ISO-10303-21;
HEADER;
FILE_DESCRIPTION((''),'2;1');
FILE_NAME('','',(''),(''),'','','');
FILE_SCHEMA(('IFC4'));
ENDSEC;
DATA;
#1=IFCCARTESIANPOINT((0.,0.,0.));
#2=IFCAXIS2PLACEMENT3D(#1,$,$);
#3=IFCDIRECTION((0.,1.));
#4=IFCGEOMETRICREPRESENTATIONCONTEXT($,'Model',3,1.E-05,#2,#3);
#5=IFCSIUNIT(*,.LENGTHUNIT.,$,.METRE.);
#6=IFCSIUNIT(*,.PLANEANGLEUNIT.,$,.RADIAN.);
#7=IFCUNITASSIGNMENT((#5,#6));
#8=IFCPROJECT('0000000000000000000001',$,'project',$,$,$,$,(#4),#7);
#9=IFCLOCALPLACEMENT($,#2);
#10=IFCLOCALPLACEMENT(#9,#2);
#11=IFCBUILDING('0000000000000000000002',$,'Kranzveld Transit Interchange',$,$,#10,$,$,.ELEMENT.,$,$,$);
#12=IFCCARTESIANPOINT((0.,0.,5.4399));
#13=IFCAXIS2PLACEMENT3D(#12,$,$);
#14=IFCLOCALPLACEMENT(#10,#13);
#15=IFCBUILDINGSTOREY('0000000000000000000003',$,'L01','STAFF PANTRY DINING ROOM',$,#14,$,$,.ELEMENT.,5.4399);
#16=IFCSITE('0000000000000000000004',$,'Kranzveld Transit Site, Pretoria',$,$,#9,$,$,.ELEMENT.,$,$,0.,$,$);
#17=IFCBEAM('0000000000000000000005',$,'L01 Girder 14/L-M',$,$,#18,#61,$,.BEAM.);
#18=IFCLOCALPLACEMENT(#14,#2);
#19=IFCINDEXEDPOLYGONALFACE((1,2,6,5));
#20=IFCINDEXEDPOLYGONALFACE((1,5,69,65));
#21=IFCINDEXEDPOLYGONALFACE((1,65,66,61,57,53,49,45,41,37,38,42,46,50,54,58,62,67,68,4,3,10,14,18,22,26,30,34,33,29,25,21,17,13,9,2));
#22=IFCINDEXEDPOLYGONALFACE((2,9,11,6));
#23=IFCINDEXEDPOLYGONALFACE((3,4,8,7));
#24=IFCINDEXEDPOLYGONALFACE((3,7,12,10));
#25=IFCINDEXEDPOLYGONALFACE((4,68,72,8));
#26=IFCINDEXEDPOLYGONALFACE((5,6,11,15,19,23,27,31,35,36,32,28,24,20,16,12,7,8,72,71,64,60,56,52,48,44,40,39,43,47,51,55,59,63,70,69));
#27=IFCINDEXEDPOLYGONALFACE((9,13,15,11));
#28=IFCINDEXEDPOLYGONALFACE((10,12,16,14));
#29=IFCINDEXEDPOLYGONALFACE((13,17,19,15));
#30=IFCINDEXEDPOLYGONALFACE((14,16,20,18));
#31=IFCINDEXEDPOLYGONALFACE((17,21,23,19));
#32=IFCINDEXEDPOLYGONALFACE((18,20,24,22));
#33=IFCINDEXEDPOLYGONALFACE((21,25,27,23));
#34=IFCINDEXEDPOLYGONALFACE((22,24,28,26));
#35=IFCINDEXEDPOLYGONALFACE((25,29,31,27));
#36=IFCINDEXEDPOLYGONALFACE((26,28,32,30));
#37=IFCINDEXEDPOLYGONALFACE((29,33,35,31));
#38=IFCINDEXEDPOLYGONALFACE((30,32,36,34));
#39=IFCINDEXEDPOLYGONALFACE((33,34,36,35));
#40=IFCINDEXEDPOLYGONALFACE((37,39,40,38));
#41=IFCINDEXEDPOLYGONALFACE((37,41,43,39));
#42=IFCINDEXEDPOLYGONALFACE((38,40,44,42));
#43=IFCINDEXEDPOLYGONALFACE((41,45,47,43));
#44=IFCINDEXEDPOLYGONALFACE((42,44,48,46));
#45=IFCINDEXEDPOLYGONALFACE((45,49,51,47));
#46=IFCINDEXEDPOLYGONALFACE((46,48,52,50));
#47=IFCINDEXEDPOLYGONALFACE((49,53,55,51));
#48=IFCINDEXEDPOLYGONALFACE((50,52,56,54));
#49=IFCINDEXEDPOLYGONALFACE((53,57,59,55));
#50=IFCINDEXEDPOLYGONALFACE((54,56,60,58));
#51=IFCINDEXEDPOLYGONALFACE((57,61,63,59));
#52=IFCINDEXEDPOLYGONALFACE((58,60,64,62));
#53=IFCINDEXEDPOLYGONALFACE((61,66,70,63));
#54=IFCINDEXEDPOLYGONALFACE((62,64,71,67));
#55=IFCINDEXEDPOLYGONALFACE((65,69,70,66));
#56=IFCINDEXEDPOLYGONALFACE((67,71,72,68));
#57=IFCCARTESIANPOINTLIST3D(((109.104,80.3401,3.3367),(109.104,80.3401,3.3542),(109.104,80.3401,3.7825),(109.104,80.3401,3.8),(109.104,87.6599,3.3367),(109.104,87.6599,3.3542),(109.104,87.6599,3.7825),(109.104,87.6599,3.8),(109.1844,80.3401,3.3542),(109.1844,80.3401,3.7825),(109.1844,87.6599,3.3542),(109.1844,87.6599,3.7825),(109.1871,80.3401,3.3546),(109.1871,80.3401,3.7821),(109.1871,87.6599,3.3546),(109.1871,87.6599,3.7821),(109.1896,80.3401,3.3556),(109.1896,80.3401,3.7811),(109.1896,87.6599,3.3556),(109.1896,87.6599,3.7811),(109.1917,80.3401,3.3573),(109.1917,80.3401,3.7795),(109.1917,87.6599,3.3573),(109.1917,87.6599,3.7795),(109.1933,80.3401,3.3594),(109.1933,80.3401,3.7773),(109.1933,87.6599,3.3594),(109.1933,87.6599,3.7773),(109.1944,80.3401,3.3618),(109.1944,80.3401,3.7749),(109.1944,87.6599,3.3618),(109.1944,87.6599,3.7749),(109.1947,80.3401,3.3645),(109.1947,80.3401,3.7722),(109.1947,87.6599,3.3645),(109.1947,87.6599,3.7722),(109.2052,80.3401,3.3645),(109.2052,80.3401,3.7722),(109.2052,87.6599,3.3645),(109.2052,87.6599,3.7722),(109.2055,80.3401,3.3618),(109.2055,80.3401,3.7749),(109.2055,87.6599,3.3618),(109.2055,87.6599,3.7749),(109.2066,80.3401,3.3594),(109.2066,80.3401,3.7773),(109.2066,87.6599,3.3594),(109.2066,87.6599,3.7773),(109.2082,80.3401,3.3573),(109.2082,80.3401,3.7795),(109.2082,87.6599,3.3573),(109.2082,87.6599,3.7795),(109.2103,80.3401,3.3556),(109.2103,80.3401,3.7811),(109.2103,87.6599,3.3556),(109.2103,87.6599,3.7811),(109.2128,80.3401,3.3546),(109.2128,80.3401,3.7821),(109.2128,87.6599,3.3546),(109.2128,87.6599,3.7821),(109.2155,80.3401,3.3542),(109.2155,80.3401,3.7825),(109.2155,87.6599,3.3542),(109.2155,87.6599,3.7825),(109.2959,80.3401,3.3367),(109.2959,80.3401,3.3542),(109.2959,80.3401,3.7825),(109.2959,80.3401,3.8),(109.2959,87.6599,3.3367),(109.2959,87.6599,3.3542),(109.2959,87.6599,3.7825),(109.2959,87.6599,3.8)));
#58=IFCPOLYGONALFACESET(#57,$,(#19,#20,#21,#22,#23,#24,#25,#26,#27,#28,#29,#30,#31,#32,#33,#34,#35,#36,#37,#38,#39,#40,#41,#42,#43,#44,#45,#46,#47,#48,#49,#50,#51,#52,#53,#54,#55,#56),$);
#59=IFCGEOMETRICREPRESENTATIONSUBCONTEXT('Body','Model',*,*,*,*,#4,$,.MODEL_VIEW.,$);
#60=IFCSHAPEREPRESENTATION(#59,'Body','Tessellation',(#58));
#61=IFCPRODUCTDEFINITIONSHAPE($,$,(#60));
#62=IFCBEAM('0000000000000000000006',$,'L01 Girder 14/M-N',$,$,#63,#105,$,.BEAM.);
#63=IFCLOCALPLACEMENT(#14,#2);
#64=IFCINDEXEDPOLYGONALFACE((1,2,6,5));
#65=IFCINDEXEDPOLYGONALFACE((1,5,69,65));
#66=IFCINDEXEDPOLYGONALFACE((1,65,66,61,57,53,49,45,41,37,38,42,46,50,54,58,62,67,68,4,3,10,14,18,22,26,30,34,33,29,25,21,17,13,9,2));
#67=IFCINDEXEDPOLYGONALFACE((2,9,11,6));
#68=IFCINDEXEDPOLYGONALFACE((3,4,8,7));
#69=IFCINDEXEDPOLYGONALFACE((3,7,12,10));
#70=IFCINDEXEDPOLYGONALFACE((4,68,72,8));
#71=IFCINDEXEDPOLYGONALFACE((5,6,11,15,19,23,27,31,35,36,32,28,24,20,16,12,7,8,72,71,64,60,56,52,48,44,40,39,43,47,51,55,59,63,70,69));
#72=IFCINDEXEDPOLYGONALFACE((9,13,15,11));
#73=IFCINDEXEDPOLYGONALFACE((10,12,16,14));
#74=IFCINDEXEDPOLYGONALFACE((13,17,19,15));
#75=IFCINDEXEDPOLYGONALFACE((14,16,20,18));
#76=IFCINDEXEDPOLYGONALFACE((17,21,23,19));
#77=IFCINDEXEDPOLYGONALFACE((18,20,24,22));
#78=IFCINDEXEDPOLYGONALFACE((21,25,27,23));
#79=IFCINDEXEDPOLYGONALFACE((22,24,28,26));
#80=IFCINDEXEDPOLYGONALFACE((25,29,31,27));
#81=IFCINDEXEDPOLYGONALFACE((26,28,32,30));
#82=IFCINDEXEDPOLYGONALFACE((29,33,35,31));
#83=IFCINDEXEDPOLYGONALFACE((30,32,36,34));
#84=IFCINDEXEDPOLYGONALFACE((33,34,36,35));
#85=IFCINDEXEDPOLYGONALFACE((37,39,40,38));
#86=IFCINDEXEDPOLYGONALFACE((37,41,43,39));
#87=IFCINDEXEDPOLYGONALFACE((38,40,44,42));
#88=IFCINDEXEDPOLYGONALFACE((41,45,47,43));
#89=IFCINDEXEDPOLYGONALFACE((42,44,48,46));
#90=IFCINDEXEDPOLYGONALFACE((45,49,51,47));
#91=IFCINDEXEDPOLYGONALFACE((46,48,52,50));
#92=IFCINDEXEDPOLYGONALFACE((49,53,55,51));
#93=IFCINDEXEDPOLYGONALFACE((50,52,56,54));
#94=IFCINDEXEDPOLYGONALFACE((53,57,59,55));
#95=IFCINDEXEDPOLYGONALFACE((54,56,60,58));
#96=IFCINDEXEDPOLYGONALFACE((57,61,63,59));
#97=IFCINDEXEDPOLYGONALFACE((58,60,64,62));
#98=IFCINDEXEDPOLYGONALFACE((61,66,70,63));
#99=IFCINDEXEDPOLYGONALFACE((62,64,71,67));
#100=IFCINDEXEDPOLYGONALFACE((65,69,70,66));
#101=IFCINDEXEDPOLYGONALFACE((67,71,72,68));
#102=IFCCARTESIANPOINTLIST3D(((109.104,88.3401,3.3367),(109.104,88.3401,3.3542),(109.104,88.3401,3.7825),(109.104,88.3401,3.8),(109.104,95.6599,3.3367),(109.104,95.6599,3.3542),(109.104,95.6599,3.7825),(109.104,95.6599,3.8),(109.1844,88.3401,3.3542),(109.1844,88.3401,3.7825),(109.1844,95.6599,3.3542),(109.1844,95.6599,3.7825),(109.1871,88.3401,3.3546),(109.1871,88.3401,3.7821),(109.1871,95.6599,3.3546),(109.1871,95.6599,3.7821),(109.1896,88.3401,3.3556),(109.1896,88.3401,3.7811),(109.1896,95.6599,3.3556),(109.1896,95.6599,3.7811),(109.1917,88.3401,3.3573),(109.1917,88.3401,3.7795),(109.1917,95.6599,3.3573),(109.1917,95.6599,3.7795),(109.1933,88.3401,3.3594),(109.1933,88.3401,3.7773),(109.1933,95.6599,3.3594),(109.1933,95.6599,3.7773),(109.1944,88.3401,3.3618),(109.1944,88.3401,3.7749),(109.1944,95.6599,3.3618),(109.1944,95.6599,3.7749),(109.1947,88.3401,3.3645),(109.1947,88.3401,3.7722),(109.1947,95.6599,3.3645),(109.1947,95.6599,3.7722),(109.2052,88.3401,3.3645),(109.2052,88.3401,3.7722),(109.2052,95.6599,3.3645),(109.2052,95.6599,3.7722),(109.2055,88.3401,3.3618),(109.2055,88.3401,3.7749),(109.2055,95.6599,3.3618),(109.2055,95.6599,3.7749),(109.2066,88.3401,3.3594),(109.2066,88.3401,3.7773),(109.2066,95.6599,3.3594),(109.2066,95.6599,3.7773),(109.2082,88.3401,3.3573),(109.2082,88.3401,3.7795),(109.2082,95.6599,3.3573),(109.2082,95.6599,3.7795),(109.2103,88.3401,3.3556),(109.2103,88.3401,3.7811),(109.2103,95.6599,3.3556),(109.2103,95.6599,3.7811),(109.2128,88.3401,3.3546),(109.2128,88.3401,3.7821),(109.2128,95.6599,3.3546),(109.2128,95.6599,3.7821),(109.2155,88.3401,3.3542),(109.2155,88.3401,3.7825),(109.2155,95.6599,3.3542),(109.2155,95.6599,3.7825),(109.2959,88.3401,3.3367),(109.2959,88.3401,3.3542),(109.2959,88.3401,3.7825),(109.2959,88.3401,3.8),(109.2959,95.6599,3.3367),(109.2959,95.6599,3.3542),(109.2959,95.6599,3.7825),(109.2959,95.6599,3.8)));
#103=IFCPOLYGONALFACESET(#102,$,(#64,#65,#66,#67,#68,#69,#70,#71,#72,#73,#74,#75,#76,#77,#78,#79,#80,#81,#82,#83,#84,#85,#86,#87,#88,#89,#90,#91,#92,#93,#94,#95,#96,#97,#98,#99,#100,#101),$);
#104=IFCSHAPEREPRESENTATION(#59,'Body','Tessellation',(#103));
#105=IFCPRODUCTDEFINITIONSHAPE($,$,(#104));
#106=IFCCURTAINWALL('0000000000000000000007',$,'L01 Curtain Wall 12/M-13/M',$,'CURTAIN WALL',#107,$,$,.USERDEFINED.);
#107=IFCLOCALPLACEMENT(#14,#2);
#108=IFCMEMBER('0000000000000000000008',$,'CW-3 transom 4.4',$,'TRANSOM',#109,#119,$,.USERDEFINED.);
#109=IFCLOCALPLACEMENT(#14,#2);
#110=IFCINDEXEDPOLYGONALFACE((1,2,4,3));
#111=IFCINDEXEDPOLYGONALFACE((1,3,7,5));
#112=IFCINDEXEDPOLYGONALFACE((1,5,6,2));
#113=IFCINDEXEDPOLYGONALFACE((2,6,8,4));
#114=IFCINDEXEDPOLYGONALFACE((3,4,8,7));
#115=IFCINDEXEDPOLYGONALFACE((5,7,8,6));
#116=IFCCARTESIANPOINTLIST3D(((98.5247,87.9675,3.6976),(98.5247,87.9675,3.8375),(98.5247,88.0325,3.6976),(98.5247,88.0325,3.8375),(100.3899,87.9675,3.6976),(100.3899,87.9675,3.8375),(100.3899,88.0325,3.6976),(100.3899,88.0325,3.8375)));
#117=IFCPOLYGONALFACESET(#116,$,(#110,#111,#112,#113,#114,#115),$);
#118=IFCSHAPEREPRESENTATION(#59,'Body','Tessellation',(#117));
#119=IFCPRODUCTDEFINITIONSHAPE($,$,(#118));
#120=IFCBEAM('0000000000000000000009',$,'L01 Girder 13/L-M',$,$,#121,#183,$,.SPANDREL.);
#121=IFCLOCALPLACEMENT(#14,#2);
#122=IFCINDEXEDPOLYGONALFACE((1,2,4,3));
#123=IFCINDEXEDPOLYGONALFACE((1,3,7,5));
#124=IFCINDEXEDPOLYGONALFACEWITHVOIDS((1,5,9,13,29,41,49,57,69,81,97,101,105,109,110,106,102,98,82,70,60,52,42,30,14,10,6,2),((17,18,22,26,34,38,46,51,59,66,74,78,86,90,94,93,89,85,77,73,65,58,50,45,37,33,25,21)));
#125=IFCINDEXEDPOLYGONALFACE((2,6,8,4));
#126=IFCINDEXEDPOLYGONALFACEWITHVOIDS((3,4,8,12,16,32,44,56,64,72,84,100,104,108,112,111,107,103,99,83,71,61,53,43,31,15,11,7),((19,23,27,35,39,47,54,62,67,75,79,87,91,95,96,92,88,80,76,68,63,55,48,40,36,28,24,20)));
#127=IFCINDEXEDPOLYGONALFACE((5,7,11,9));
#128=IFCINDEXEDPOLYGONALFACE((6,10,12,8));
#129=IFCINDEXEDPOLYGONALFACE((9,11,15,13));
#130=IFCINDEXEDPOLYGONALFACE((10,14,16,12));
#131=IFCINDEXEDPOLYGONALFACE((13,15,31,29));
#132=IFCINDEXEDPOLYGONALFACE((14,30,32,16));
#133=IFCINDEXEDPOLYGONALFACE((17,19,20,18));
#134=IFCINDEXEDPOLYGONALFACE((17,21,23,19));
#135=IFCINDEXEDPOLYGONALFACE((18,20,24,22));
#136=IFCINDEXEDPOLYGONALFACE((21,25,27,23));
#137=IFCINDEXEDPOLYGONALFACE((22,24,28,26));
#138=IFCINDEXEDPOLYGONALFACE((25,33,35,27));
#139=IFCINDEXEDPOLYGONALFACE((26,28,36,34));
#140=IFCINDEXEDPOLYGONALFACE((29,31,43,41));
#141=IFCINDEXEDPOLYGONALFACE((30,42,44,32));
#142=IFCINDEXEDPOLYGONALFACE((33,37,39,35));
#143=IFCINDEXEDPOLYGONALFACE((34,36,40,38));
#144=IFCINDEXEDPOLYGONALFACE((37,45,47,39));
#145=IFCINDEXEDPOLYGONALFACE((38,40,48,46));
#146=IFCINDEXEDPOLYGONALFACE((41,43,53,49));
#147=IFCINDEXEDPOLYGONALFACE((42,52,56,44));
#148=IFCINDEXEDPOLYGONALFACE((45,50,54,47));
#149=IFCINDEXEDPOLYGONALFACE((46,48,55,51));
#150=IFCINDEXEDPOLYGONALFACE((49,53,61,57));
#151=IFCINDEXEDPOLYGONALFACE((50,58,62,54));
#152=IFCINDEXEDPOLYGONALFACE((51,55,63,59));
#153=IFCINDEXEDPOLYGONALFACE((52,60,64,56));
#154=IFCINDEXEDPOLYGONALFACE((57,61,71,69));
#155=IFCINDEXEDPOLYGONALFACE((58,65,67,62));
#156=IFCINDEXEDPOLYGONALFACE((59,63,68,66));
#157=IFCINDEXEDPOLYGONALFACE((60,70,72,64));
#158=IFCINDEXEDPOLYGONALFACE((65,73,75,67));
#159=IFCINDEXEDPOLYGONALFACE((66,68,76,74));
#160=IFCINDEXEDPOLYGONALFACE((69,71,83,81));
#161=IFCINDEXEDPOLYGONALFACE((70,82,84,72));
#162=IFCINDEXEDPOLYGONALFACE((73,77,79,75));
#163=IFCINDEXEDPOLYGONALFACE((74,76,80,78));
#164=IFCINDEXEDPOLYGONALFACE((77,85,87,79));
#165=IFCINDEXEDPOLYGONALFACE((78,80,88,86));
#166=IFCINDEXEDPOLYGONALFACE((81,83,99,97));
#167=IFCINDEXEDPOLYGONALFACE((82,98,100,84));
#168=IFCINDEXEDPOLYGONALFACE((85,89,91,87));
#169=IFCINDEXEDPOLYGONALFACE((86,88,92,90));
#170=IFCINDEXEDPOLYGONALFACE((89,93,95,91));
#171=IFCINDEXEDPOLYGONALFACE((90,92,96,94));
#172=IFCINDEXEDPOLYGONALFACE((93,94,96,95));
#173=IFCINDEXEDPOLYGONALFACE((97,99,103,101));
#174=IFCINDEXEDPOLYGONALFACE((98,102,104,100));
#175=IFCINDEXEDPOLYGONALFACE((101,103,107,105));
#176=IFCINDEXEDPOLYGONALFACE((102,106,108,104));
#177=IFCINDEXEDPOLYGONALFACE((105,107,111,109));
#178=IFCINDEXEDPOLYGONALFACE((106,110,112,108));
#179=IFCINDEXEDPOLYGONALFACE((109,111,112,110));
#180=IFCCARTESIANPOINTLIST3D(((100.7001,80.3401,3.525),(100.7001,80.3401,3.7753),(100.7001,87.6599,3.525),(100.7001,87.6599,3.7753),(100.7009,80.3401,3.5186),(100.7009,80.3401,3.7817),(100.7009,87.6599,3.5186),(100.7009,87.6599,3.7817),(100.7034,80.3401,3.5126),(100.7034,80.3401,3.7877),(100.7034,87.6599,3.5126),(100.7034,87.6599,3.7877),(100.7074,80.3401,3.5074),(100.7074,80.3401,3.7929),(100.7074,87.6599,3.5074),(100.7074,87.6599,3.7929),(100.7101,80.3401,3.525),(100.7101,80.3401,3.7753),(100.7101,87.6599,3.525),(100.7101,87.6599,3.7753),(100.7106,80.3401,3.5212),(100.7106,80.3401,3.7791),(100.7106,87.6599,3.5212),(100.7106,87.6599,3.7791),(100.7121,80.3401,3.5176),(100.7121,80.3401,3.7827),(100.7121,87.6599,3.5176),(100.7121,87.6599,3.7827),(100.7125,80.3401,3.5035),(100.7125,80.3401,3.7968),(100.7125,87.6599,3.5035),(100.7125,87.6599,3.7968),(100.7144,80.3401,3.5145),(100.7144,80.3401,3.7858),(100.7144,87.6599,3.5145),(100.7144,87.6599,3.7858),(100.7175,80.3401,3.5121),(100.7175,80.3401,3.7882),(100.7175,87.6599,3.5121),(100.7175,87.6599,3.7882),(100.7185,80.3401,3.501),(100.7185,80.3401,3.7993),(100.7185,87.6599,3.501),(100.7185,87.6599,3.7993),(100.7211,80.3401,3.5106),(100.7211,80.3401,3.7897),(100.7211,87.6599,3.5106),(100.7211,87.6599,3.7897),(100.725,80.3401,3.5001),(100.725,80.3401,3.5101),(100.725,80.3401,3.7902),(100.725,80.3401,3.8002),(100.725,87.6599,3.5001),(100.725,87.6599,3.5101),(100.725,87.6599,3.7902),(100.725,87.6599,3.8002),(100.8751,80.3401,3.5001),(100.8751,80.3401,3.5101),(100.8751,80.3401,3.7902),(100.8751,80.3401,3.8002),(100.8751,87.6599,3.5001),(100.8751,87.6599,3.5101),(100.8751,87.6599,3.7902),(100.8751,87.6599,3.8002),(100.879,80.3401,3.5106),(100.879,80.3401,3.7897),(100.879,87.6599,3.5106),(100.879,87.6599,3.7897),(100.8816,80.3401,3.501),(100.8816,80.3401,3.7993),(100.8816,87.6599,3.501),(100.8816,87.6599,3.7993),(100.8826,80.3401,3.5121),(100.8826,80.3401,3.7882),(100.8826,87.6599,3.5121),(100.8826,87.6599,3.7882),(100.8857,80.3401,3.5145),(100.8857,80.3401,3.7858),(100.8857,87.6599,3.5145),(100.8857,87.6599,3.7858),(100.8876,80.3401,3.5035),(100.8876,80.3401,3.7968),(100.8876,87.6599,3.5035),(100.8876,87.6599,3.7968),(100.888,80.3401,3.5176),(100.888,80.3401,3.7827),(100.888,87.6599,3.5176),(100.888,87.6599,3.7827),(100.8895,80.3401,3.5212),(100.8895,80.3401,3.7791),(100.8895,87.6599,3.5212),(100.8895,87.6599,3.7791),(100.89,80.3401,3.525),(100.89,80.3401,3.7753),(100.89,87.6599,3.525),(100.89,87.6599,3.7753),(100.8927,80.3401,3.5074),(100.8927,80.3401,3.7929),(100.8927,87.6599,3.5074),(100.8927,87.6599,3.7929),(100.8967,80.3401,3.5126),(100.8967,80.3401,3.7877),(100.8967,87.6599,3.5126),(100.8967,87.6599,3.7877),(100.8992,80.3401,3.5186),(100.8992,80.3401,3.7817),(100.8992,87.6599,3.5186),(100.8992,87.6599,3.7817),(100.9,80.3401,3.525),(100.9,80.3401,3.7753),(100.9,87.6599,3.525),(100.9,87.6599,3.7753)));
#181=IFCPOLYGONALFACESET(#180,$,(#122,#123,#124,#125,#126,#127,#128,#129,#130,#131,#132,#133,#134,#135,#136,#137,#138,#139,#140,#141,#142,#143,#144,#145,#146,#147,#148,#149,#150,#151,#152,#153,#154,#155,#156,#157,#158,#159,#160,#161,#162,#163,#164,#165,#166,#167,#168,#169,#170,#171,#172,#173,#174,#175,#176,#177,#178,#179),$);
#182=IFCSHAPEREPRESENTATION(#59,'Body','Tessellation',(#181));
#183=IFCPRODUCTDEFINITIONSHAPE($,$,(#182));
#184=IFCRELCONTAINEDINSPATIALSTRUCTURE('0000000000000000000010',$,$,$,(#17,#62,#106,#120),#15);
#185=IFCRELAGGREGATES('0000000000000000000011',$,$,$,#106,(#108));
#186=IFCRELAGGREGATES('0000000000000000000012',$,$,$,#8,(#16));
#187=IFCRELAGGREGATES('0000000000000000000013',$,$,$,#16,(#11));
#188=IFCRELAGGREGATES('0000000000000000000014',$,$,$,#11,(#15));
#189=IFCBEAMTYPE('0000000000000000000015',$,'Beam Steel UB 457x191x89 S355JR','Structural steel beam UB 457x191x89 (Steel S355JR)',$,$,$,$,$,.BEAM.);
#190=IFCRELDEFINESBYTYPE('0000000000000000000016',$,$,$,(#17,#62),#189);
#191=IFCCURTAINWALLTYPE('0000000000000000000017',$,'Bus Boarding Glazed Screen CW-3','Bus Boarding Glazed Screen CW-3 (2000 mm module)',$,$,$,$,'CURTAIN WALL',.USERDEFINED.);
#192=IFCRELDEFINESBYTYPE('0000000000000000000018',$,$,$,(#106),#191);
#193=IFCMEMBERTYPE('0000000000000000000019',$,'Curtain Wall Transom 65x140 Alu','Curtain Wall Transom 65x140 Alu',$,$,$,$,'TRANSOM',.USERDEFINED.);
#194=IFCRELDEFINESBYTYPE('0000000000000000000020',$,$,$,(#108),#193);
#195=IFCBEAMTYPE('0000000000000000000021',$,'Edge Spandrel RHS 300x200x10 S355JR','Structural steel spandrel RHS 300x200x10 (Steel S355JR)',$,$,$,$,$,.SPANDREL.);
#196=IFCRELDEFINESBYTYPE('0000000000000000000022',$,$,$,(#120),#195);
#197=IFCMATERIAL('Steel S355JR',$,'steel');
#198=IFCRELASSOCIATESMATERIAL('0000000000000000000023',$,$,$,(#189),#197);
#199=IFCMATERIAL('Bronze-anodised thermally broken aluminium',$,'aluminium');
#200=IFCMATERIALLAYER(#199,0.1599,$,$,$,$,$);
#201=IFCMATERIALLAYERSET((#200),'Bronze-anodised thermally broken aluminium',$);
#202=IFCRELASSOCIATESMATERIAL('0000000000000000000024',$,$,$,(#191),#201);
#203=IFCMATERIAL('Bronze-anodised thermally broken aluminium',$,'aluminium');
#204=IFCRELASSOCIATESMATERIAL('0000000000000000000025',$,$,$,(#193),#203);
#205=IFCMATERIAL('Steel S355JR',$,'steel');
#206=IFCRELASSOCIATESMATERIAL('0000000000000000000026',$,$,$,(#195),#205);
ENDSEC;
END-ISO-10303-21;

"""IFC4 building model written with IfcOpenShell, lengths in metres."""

from ifc_helpers import new_model, si_unit, direction, frame, origin, origin_2d, place, context, subcontext, project, spatial, rectangle, hollow_rectangle, i_section, extrude, material, layer, layer_set, material_profile, profile_set, type_object, element, aggregate, save


model = new_model("IFC4")

# Units and contexts
model_context = context("Model", 3, precision=1e-05, world=origin(), true_north=direction((0.0, 1.0)))
body_context = subcontext(model_context, "Body", "Model", "MODEL_VIEW")
ifc_project = project(units=[si_unit("LENGTHUNIT", "METRE"), si_unit("PLANEANGLEUNIT", "RADIAN")], contexts=[model_context])

# Site, building, storey
site_placement = place(None, origin())
site = spatial("IfcSite", under=ifc_project, at=site_placement, Name="Kranzveld Transit Site, Pretoria", CompositionType="ELEMENT", RefElevation=0.0)
building_placement = place(site_placement, origin())
building = spatial("IfcBuilding", under=site, at=building_placement, Name="Kranzveld Transit Interchange", CompositionType="ELEMENT")
storey_placement = place(building_placement, frame((0.0, 0.0, 5.4399)))
storey = spatial("IfcBuildingStorey", under=building, at=storey_placement, Name="L01", Description="STAFF PANTRY DINING ROOM", CompositionType="ELEMENT", Elevation=5.4399)

# Beams
ifc_material_1 = material(Name="Steel S355JR", Category="steel")
ifc_material_profile_1 = material_profile(ifc_material_1, i_section(OverallWidth=0.1919, OverallDepth=0.4634, WebThickness=0.0105, FlangeThickness=0.0176, FilletRadius=0.0103, at=origin_2d()), Name="UB 457x191x89")
ifc_profile_set_1 = profile_set([ifc_material_profile_1], Name="Steel S355JR")
beam_type_1 = type_object("IfcBeamType", Name="Beam Steel UB 457x191x89 S355JR", Description="Structural steel beam UB 457x191x89 (Steel S355JR)", PredefinedType="BEAM", material=ifc_profile_set_1)
for number, where, z_axis, x_axis, name in (
    (1, (109.2, 80.3401, 3.5684), (0.0, 1.0, 0.0), (-1.0, 0.0, 0.0), "L01 Girder 14/L-M"),
    (2, (109.2, 88.3401, 3.5684), (0.0, 1.0, 0.0), (-1.0, 0.0, 0.0), "L01 Girder 14/M-N"),
):
    element("IfcBeam", number, at=place(storey_placement, frame(where, z_axis=z_axis, x_axis=x_axis)), inside=storey, type_object=beam_type_1, Name=name, PredefinedType="BEAM", context=body_context, shape_type="SweptSolid", body=[
        extrude(i_section(OverallWidth=0.1919, OverallDepth=0.4634, WebThickness=0.0105, FlangeThickness=0.0176, FilletRadius=0.0103, at=origin_2d()), origin(), (0.0, 0.0, 1.0), 7.3198),
    ])

# Curtain wall, member
ifc_material_2 = material(Name="Bronze-anodised thermally broken aluminium", Category="aluminium")
ifc_layer_1 = layer(ifc_material_2, 0.1599)
ifc_layer_set_1 = layer_set([ifc_layer_1], Name="Bronze-anodised thermally broken aluminium")
curtain_wall_type = type_object("IfcCurtainWallType", Name="Bus Boarding Glazed Screen CW-3", Description="Bus Boarding Glazed Screen CW-3 (2000 mm module)", ElementType="CURTAIN WALL", PredefinedType="USERDEFINED", material=ifc_layer_set_1)
curtain_wall_placement = place(storey_placement, origin())
curtain_wall = element("IfcCurtainWall", 3, at=curtain_wall_placement, inside=storey, type_object=curtain_wall_type, Name="L01 Curtain Wall 12/M-13/M", ObjectType="CURTAIN WALL", PredefinedType="USERDEFINED")
ifc_material_3 = material(Name="Bronze-anodised thermally broken aluminium", Category="aluminium")
ifc_material_profile_2 = material_profile(ifc_material_3, rectangle(XDim=0.0649, YDim=0.1399, at=origin_2d()), Name="ALU TRANSOM 65x140")
ifc_profile_set_2 = profile_set([ifc_material_profile_2], Name="Bronze-anodised thermally broken aluminium")
member_type = type_object("IfcMemberType", Name="Curtain Wall Transom 65x140 Alu", Description="Curtain Wall Transom 65x140 Alu", ElementType="TRANSOM", PredefinedType="USERDEFINED", material=ifc_profile_set_2)
member_placement = place(storey_placement, frame((98.5247, 88.0, 3.7676), z_axis=(1.0, 0.0, 0.0), x_axis=(0.0, 1.0, 0.0)))
member = element("IfcMember", 4, at=member_placement, type_object=member_type, Name="CW-3 transom 4.4", ObjectType="TRANSOM", PredefinedType="USERDEFINED", context=body_context, shape_type="SweptSolid", body=[
    extrude(rectangle(XDim=0.0649, YDim=0.1399, at=origin_2d()), origin(), (0.0, 0.0, 1.0), 1.8652),
])
aggregate(curtain_wall, [member])

# Beam
ifc_material_4 = material(Name="Steel S355JR", Category="steel")
ifc_material_profile_3 = material_profile(ifc_material_4, hollow_rectangle(XDim=0.2, YDim=0.3, WallThickness=0.01, InnerFilletRadius=0.0149, OuterFilletRadius=0.0249, at=origin_2d()), Name="RHS 300x200x10")
ifc_profile_set_3 = profile_set([ifc_material_profile_3], Name="Steel S355JR")
beam_type_2 = type_object("IfcBeamType", Name="Edge Spandrel RHS 300x200x10 S355JR", Description="Structural steel spandrel RHS 300x200x10 (Steel S355JR)", PredefinedType="SPANDREL", material=ifc_profile_set_3)
for number, where, z_axis, x_axis, name in (
    (5, (100.8, 80.3401, 3.6501), (0.0, 1.0, 0.0), (-1.0, 0.0, 0.0), "L01 Girder 13/L-M"),
):
    element("IfcBeam", number, at=place(storey_placement, frame(where, z_axis=z_axis, x_axis=x_axis)), inside=storey, type_object=beam_type_2, Name=name, PredefinedType="SPANDREL", context=body_context, shape_type="SweptSolid", body=[
        extrude(hollow_rectangle(XDim=0.2, YDim=0.3, WallThickness=0.01, InnerFilletRadius=0.0149, OuterFilletRadius=0.0249, at=origin_2d()), origin(), (0.0, 0.0, 1.0), 7.3198),
    ])

save(model, "model.ifc")
